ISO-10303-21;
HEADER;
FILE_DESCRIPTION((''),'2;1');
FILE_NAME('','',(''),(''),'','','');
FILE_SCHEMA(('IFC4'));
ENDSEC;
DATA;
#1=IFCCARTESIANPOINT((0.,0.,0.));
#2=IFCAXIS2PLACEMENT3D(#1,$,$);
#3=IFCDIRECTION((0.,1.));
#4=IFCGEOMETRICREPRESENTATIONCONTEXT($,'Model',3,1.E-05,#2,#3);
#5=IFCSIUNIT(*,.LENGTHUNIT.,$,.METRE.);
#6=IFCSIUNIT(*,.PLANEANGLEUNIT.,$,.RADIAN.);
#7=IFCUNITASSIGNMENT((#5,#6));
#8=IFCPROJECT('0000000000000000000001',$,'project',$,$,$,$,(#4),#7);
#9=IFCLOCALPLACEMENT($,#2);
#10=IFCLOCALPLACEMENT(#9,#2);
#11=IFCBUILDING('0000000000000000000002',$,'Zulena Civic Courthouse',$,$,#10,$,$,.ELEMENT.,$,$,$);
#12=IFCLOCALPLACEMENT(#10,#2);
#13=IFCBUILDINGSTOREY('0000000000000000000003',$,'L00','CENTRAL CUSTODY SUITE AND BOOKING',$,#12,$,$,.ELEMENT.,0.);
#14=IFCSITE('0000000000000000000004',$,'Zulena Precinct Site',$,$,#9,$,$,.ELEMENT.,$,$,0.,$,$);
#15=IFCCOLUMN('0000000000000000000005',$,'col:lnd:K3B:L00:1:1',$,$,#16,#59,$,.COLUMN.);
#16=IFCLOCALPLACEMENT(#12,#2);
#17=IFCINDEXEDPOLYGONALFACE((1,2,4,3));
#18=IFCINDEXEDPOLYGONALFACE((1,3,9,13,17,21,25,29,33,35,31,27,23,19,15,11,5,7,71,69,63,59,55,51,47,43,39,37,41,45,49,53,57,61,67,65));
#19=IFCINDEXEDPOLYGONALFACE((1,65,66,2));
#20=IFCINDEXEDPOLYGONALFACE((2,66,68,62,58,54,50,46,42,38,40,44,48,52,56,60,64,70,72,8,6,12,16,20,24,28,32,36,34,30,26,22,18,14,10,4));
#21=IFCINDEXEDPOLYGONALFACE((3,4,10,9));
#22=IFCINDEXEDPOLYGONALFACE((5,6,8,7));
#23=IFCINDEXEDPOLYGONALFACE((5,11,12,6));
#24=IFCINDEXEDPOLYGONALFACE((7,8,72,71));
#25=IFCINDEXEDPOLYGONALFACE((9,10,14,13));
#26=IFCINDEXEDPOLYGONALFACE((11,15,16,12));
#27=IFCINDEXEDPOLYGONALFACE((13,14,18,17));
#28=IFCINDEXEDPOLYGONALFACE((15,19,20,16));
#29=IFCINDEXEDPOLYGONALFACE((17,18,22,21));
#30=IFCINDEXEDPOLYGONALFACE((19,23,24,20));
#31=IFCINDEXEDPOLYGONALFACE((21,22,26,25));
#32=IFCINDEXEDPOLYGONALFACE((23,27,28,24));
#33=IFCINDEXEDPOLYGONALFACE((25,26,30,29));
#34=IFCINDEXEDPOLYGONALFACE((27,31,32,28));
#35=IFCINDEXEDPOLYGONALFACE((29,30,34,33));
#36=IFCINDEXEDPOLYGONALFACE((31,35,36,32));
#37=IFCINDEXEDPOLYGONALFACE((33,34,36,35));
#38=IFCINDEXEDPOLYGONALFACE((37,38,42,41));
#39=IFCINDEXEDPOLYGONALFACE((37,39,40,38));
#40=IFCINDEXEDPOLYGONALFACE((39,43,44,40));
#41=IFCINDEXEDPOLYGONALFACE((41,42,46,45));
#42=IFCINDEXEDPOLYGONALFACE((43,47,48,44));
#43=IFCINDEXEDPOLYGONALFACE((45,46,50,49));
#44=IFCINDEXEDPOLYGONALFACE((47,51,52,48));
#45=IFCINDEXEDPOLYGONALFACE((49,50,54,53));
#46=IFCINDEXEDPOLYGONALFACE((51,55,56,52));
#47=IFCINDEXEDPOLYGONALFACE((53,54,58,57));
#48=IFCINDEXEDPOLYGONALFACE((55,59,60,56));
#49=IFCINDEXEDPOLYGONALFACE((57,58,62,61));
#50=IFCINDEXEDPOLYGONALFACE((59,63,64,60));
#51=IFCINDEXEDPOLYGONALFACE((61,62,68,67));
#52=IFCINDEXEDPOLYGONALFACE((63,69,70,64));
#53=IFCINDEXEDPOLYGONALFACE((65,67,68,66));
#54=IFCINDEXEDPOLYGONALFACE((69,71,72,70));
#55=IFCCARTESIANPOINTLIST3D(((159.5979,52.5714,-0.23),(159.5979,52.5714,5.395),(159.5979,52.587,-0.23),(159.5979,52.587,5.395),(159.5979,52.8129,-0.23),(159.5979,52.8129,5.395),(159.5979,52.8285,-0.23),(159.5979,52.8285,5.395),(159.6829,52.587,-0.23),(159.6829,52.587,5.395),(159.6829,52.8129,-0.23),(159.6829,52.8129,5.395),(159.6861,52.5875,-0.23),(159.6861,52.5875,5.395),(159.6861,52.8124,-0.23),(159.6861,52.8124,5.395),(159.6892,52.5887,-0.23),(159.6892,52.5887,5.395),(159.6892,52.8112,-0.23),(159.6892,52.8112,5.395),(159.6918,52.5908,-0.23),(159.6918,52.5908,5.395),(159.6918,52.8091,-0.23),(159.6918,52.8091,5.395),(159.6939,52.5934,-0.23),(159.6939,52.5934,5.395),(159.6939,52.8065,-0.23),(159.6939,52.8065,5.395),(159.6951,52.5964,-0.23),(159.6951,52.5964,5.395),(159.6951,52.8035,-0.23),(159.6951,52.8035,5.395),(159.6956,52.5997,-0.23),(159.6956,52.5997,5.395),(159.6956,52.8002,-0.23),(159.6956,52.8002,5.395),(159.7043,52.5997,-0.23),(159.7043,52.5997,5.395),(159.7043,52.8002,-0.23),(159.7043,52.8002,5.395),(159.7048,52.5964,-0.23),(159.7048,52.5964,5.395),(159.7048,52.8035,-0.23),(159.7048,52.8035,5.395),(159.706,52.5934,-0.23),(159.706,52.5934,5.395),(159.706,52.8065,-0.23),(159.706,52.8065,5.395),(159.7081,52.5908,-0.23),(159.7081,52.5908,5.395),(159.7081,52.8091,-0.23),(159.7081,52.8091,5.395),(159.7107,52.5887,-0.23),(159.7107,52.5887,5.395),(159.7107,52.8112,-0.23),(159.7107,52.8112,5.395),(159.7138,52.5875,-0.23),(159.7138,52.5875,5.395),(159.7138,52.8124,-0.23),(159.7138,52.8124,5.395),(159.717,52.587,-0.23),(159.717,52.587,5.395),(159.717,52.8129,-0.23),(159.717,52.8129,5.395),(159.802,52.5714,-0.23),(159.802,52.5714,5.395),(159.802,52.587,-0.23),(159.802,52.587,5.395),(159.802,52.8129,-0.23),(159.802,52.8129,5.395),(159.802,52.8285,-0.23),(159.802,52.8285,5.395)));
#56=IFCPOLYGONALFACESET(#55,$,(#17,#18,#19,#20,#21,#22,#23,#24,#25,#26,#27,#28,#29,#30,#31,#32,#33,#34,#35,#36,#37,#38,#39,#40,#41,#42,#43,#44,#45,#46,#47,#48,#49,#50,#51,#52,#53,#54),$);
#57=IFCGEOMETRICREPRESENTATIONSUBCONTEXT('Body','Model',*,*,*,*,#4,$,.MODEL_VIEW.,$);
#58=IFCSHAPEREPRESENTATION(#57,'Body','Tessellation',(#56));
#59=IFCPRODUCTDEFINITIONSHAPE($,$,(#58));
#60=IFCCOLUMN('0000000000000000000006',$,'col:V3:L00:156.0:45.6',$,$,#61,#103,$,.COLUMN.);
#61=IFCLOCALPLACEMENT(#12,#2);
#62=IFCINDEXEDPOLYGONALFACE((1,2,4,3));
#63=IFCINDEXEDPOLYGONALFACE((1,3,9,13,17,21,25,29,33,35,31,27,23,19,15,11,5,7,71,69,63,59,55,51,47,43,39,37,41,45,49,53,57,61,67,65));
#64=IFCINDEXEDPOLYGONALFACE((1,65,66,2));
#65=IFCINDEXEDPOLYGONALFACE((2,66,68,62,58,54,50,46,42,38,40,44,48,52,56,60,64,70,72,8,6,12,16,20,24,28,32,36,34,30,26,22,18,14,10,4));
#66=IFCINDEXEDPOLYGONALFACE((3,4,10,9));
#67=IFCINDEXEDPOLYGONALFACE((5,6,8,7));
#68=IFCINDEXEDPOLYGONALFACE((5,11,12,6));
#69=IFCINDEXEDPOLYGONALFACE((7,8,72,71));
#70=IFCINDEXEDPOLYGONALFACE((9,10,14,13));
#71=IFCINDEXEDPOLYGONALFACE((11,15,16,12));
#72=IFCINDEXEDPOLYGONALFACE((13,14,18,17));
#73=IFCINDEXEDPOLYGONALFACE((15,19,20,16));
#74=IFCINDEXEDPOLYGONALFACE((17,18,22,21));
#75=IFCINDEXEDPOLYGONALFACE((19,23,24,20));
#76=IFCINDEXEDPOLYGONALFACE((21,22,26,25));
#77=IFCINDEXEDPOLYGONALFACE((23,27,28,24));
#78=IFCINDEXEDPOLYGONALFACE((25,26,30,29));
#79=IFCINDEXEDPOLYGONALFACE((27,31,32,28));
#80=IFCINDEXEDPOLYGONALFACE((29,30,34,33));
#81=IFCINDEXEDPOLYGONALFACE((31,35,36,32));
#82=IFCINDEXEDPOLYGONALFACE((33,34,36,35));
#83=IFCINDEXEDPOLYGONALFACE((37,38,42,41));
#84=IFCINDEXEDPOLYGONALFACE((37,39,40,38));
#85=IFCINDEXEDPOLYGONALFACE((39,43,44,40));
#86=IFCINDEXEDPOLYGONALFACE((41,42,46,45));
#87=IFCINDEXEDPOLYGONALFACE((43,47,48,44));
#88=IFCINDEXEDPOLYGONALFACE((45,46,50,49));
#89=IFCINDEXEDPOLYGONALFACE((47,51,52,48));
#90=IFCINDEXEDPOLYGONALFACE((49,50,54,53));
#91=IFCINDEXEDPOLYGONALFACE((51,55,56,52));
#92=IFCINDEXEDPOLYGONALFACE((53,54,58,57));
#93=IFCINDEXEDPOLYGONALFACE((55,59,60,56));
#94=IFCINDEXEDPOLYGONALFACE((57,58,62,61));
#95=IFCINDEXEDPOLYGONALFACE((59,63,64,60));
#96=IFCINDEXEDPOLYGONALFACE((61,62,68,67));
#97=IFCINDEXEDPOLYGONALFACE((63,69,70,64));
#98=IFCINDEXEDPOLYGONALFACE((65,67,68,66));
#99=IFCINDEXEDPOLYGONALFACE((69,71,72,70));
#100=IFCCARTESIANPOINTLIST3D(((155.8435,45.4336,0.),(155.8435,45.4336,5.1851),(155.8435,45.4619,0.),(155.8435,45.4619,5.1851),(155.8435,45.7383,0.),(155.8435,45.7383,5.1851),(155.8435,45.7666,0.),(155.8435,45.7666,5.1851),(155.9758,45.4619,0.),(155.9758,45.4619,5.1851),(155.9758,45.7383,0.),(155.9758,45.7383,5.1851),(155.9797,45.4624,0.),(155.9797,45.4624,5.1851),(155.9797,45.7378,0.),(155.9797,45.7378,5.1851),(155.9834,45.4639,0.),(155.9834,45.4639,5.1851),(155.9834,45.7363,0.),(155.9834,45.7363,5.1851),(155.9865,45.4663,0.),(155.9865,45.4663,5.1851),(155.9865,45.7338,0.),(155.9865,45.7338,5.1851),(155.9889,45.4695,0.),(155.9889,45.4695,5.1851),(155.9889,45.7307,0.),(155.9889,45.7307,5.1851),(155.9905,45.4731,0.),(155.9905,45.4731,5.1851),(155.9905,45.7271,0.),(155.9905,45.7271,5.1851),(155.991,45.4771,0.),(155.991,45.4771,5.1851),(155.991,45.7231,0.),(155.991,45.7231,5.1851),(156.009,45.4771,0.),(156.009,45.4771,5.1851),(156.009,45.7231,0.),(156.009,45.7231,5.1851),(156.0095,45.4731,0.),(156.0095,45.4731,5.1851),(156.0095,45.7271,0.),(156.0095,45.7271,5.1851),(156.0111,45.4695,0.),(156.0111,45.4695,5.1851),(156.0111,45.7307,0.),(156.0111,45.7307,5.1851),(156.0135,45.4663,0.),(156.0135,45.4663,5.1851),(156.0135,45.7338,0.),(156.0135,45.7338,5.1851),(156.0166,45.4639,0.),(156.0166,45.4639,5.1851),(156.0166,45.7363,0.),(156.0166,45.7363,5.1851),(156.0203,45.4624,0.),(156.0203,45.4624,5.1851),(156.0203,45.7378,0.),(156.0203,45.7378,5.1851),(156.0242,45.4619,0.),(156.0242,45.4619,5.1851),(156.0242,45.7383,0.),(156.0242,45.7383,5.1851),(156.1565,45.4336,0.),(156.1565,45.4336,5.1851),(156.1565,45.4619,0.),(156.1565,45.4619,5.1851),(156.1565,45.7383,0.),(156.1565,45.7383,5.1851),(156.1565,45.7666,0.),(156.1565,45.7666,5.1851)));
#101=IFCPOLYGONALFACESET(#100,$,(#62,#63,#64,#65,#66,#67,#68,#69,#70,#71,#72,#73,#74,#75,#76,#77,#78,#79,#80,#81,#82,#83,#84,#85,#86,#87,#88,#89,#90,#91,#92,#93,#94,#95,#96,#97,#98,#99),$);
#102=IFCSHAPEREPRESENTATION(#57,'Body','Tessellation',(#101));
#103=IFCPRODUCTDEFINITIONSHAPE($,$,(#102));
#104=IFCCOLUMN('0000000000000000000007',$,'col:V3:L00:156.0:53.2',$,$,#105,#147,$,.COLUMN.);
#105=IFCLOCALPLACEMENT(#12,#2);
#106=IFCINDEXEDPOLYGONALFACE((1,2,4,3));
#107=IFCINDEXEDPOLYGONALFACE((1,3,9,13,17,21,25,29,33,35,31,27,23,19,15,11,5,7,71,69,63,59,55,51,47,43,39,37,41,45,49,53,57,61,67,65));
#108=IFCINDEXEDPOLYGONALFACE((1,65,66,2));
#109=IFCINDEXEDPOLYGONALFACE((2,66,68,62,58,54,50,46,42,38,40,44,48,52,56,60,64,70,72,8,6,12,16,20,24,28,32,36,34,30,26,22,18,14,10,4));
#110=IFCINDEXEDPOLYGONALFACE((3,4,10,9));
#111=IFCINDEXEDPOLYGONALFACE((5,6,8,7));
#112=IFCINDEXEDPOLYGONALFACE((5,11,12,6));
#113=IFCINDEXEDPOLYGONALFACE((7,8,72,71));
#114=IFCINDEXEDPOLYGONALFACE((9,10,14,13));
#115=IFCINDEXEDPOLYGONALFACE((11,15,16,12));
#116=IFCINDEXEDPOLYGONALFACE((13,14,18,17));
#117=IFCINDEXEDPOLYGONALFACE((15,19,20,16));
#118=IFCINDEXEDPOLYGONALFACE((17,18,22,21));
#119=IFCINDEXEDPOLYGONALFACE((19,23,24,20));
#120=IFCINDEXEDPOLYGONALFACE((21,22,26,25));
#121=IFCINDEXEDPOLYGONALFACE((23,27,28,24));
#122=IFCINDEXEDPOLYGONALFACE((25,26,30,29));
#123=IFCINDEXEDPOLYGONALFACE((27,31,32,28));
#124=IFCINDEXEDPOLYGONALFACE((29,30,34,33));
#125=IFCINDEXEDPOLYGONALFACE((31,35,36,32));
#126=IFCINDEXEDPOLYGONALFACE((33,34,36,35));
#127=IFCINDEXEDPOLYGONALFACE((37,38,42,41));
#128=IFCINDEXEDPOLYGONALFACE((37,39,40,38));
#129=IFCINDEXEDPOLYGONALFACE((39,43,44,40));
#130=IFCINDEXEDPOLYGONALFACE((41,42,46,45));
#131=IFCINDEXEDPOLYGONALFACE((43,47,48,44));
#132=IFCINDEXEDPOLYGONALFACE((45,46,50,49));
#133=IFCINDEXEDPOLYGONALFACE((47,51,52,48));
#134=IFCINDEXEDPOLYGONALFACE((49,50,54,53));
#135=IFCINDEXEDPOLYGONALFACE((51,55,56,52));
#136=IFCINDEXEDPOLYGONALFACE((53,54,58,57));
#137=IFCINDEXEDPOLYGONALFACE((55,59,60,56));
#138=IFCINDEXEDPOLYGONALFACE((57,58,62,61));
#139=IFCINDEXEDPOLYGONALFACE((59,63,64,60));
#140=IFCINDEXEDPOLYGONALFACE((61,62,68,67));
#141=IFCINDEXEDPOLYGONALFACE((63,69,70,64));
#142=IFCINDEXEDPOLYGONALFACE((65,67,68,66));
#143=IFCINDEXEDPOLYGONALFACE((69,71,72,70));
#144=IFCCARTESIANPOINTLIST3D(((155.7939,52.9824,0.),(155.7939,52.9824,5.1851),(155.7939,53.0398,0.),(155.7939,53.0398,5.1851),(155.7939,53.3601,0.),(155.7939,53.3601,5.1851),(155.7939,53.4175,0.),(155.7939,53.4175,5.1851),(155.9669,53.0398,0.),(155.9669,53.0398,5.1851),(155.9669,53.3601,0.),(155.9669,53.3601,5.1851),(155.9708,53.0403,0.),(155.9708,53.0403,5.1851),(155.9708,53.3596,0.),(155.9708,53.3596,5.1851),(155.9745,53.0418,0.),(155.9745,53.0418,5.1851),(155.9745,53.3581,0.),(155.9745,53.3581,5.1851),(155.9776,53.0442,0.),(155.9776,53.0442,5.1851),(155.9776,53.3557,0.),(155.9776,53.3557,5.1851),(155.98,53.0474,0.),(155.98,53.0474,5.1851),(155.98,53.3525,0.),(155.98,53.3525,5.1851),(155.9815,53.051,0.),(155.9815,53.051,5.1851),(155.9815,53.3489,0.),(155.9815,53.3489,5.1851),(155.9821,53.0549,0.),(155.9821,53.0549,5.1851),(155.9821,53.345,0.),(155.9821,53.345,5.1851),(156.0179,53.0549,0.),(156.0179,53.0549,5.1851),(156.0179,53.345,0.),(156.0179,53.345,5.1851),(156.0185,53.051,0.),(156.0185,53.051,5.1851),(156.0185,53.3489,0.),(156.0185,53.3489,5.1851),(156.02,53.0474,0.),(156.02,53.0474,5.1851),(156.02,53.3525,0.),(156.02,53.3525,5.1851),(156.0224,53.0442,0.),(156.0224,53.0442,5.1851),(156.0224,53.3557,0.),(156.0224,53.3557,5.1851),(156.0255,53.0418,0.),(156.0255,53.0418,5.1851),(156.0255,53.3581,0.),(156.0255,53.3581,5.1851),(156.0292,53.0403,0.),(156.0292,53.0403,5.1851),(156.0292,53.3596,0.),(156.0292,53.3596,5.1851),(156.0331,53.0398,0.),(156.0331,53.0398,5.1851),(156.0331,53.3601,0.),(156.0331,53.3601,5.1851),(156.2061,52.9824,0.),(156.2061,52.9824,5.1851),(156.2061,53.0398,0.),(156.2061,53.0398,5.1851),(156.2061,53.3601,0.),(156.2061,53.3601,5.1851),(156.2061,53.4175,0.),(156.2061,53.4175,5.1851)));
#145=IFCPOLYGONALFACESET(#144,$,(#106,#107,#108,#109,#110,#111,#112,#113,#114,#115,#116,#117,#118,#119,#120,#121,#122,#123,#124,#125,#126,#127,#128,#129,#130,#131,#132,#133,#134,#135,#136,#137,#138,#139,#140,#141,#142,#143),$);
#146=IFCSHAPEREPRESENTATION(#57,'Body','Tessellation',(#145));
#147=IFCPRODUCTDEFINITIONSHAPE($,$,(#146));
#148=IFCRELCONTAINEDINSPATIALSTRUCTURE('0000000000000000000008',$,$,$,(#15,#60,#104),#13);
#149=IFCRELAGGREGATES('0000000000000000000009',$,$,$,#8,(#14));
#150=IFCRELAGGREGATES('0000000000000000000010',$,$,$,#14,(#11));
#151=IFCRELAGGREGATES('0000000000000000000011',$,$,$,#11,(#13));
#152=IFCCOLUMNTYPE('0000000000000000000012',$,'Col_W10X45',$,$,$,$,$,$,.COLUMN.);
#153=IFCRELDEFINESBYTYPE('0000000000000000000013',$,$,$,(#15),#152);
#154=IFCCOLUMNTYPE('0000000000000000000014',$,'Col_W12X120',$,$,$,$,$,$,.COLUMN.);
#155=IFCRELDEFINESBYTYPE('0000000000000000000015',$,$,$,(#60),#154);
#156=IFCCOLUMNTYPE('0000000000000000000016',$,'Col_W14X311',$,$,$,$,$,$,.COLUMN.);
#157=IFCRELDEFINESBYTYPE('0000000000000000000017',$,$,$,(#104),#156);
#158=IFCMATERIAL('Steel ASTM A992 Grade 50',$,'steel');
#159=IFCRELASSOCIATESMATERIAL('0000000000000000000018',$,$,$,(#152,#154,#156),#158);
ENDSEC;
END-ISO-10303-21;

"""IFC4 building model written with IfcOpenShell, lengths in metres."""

from ifc_helpers import new_model, si_unit, direction, frame, origin, origin_2d, place, context, subcontext, project, spatial, i_section, extrude, material, material_profile, profile_set, type_object, element, save


model = new_model("IFC4")

# Units and contexts
model_context = context("Model", 3, precision=1e-05, world=origin(), true_north=direction((0.0, 1.0)))
body_context = subcontext(model_context, "Body", "Model", "MODEL_VIEW")
ifc_project = project(units=[si_unit("LENGTHUNIT", "METRE"), si_unit("PLANEANGLEUNIT", "RADIAN")], contexts=[model_context])

# Site, building, storey
site_placement = place(None, origin())
site = spatial("IfcSite", under=ifc_project, at=site_placement, Name="Zulena Precinct Site", CompositionType="ELEMENT", RefElevation=0.0)
building_placement = place(site_placement, origin())
building = spatial("IfcBuilding", under=site, at=building_placement, Name="Zulena Civic Courthouse", CompositionType="ELEMENT")
storey_placement = place(building_placement, origin())
storey = spatial("IfcBuildingStorey", under=building, at=storey_placement, Name="L00", Description="CENTRAL CUSTODY SUITE AND BOOKING", CompositionType="ELEMENT", Elevation=0.0)

# Columns
ifc_material_1 = material(Name="Steel ASTM A992 Grade 50", Category="steel")
ifc_material_profile_1 = material_profile(ifc_material_1, i_section(OverallWidth=0.2041, OverallDepth=0.2571, WebThickness=0.0088, FlangeThickness=0.0156, FilletRadius=0.0127, at=origin_2d()), Name="W10X45")
ifc_profile_set_1 = profile_set([ifc_material_profile_1], Name="Steel ASTM A992 Grade 50")
column_type_1 = type_object("IfcColumnType", Name="Col_W10X45", PredefinedType="COLUMN", material=ifc_profile_set_1)
for number, where, z_axis, x_axis, name in (
    (1, (159.7, 52.7, -0.23), (0.0, 0.0, 1.0), (1.0, 0.0, 0.0), "col:lnd:K3B:L00:1:1"),
):
    element("IfcColumn", number, at=place(storey_placement, frame(where, z_axis=z_axis, x_axis=x_axis)), inside=storey, type_object=column_type_1, Name=name, PredefinedType="COLUMN", context=body_context, shape_type="SweptSolid", body=[
        extrude(i_section(OverallWidth=0.2041, OverallDepth=0.2571, WebThickness=0.0088, FlangeThickness=0.0156, FilletRadius=0.0127, at=origin_2d()), origin(), (0.0, 0.0, 1.0), 5.625),
    ])
ifc_material_profile_2 = material_profile(ifc_material_1, i_section(OverallWidth=0.313, OverallDepth=0.333, WebThickness=0.0181, FlangeThickness=0.0283, FilletRadius=0.0151, at=origin_2d()), Name="W12X120")
ifc_profile_set_2 = profile_set([ifc_material_profile_2], Name="Steel ASTM A992 Grade 50")
column_type_2 = type_object("IfcColumnType", Name="Col_W12X120", PredefinedType="COLUMN", material=ifc_profile_set_2)
column_1_placement = place(storey_placement, frame((156.0, 45.6001, 0.0), z_axis=(0.0, 0.0, 1.0), x_axis=(1.0, 0.0, 0.0)))
element("IfcColumn", 2, at=column_1_placement, inside=storey, type_object=column_type_2, Name="col:V3:L00:156.0:45.6", PredefinedType="COLUMN", context=body_context, shape_type="SweptSolid", body=[
    extrude(i_section(OverallWidth=0.313, OverallDepth=0.333, WebThickness=0.0181, FlangeThickness=0.0283, FilletRadius=0.0151, at=origin_2d()), origin(), (0.0, 0.0, 1.0), 5.1851),
])
ifc_material_profile_3 = material_profile(ifc_material_1, i_section(OverallWidth=0.4121, OverallDepth=0.4351, WebThickness=0.0359, FlangeThickness=0.0574, FilletRadius=0.0151, at=origin_2d()), Name="W14X311")
ifc_profile_set_3 = profile_set([ifc_material_profile_3], Name="Steel ASTM A992 Grade 50")
column_type_3 = type_object("IfcColumnType", Name="Col_W14X311", PredefinedType="COLUMN", material=ifc_profile_set_3)
column_2_placement = place(storey_placement, frame((156.0, 53.2, 0.0), z_axis=(0.0, 0.0, 1.0), x_axis=(1.0, 0.0, 0.0)))
element("IfcColumn", 3, at=column_2_placement, inside=storey, type_object=column_type_3, Name="col:V3:L00:156.0:53.2", PredefinedType="COLUMN", context=body_context, shape_type="SweptSolid", body=[
    extrude(i_section(OverallWidth=0.4121, OverallDepth=0.4351, WebThickness=0.0359, FlangeThickness=0.0574, FilletRadius=0.0151, at=origin_2d()), origin(), (0.0, 0.0, 1.0), 5.1851),
])

save(model, "model.ifc")
